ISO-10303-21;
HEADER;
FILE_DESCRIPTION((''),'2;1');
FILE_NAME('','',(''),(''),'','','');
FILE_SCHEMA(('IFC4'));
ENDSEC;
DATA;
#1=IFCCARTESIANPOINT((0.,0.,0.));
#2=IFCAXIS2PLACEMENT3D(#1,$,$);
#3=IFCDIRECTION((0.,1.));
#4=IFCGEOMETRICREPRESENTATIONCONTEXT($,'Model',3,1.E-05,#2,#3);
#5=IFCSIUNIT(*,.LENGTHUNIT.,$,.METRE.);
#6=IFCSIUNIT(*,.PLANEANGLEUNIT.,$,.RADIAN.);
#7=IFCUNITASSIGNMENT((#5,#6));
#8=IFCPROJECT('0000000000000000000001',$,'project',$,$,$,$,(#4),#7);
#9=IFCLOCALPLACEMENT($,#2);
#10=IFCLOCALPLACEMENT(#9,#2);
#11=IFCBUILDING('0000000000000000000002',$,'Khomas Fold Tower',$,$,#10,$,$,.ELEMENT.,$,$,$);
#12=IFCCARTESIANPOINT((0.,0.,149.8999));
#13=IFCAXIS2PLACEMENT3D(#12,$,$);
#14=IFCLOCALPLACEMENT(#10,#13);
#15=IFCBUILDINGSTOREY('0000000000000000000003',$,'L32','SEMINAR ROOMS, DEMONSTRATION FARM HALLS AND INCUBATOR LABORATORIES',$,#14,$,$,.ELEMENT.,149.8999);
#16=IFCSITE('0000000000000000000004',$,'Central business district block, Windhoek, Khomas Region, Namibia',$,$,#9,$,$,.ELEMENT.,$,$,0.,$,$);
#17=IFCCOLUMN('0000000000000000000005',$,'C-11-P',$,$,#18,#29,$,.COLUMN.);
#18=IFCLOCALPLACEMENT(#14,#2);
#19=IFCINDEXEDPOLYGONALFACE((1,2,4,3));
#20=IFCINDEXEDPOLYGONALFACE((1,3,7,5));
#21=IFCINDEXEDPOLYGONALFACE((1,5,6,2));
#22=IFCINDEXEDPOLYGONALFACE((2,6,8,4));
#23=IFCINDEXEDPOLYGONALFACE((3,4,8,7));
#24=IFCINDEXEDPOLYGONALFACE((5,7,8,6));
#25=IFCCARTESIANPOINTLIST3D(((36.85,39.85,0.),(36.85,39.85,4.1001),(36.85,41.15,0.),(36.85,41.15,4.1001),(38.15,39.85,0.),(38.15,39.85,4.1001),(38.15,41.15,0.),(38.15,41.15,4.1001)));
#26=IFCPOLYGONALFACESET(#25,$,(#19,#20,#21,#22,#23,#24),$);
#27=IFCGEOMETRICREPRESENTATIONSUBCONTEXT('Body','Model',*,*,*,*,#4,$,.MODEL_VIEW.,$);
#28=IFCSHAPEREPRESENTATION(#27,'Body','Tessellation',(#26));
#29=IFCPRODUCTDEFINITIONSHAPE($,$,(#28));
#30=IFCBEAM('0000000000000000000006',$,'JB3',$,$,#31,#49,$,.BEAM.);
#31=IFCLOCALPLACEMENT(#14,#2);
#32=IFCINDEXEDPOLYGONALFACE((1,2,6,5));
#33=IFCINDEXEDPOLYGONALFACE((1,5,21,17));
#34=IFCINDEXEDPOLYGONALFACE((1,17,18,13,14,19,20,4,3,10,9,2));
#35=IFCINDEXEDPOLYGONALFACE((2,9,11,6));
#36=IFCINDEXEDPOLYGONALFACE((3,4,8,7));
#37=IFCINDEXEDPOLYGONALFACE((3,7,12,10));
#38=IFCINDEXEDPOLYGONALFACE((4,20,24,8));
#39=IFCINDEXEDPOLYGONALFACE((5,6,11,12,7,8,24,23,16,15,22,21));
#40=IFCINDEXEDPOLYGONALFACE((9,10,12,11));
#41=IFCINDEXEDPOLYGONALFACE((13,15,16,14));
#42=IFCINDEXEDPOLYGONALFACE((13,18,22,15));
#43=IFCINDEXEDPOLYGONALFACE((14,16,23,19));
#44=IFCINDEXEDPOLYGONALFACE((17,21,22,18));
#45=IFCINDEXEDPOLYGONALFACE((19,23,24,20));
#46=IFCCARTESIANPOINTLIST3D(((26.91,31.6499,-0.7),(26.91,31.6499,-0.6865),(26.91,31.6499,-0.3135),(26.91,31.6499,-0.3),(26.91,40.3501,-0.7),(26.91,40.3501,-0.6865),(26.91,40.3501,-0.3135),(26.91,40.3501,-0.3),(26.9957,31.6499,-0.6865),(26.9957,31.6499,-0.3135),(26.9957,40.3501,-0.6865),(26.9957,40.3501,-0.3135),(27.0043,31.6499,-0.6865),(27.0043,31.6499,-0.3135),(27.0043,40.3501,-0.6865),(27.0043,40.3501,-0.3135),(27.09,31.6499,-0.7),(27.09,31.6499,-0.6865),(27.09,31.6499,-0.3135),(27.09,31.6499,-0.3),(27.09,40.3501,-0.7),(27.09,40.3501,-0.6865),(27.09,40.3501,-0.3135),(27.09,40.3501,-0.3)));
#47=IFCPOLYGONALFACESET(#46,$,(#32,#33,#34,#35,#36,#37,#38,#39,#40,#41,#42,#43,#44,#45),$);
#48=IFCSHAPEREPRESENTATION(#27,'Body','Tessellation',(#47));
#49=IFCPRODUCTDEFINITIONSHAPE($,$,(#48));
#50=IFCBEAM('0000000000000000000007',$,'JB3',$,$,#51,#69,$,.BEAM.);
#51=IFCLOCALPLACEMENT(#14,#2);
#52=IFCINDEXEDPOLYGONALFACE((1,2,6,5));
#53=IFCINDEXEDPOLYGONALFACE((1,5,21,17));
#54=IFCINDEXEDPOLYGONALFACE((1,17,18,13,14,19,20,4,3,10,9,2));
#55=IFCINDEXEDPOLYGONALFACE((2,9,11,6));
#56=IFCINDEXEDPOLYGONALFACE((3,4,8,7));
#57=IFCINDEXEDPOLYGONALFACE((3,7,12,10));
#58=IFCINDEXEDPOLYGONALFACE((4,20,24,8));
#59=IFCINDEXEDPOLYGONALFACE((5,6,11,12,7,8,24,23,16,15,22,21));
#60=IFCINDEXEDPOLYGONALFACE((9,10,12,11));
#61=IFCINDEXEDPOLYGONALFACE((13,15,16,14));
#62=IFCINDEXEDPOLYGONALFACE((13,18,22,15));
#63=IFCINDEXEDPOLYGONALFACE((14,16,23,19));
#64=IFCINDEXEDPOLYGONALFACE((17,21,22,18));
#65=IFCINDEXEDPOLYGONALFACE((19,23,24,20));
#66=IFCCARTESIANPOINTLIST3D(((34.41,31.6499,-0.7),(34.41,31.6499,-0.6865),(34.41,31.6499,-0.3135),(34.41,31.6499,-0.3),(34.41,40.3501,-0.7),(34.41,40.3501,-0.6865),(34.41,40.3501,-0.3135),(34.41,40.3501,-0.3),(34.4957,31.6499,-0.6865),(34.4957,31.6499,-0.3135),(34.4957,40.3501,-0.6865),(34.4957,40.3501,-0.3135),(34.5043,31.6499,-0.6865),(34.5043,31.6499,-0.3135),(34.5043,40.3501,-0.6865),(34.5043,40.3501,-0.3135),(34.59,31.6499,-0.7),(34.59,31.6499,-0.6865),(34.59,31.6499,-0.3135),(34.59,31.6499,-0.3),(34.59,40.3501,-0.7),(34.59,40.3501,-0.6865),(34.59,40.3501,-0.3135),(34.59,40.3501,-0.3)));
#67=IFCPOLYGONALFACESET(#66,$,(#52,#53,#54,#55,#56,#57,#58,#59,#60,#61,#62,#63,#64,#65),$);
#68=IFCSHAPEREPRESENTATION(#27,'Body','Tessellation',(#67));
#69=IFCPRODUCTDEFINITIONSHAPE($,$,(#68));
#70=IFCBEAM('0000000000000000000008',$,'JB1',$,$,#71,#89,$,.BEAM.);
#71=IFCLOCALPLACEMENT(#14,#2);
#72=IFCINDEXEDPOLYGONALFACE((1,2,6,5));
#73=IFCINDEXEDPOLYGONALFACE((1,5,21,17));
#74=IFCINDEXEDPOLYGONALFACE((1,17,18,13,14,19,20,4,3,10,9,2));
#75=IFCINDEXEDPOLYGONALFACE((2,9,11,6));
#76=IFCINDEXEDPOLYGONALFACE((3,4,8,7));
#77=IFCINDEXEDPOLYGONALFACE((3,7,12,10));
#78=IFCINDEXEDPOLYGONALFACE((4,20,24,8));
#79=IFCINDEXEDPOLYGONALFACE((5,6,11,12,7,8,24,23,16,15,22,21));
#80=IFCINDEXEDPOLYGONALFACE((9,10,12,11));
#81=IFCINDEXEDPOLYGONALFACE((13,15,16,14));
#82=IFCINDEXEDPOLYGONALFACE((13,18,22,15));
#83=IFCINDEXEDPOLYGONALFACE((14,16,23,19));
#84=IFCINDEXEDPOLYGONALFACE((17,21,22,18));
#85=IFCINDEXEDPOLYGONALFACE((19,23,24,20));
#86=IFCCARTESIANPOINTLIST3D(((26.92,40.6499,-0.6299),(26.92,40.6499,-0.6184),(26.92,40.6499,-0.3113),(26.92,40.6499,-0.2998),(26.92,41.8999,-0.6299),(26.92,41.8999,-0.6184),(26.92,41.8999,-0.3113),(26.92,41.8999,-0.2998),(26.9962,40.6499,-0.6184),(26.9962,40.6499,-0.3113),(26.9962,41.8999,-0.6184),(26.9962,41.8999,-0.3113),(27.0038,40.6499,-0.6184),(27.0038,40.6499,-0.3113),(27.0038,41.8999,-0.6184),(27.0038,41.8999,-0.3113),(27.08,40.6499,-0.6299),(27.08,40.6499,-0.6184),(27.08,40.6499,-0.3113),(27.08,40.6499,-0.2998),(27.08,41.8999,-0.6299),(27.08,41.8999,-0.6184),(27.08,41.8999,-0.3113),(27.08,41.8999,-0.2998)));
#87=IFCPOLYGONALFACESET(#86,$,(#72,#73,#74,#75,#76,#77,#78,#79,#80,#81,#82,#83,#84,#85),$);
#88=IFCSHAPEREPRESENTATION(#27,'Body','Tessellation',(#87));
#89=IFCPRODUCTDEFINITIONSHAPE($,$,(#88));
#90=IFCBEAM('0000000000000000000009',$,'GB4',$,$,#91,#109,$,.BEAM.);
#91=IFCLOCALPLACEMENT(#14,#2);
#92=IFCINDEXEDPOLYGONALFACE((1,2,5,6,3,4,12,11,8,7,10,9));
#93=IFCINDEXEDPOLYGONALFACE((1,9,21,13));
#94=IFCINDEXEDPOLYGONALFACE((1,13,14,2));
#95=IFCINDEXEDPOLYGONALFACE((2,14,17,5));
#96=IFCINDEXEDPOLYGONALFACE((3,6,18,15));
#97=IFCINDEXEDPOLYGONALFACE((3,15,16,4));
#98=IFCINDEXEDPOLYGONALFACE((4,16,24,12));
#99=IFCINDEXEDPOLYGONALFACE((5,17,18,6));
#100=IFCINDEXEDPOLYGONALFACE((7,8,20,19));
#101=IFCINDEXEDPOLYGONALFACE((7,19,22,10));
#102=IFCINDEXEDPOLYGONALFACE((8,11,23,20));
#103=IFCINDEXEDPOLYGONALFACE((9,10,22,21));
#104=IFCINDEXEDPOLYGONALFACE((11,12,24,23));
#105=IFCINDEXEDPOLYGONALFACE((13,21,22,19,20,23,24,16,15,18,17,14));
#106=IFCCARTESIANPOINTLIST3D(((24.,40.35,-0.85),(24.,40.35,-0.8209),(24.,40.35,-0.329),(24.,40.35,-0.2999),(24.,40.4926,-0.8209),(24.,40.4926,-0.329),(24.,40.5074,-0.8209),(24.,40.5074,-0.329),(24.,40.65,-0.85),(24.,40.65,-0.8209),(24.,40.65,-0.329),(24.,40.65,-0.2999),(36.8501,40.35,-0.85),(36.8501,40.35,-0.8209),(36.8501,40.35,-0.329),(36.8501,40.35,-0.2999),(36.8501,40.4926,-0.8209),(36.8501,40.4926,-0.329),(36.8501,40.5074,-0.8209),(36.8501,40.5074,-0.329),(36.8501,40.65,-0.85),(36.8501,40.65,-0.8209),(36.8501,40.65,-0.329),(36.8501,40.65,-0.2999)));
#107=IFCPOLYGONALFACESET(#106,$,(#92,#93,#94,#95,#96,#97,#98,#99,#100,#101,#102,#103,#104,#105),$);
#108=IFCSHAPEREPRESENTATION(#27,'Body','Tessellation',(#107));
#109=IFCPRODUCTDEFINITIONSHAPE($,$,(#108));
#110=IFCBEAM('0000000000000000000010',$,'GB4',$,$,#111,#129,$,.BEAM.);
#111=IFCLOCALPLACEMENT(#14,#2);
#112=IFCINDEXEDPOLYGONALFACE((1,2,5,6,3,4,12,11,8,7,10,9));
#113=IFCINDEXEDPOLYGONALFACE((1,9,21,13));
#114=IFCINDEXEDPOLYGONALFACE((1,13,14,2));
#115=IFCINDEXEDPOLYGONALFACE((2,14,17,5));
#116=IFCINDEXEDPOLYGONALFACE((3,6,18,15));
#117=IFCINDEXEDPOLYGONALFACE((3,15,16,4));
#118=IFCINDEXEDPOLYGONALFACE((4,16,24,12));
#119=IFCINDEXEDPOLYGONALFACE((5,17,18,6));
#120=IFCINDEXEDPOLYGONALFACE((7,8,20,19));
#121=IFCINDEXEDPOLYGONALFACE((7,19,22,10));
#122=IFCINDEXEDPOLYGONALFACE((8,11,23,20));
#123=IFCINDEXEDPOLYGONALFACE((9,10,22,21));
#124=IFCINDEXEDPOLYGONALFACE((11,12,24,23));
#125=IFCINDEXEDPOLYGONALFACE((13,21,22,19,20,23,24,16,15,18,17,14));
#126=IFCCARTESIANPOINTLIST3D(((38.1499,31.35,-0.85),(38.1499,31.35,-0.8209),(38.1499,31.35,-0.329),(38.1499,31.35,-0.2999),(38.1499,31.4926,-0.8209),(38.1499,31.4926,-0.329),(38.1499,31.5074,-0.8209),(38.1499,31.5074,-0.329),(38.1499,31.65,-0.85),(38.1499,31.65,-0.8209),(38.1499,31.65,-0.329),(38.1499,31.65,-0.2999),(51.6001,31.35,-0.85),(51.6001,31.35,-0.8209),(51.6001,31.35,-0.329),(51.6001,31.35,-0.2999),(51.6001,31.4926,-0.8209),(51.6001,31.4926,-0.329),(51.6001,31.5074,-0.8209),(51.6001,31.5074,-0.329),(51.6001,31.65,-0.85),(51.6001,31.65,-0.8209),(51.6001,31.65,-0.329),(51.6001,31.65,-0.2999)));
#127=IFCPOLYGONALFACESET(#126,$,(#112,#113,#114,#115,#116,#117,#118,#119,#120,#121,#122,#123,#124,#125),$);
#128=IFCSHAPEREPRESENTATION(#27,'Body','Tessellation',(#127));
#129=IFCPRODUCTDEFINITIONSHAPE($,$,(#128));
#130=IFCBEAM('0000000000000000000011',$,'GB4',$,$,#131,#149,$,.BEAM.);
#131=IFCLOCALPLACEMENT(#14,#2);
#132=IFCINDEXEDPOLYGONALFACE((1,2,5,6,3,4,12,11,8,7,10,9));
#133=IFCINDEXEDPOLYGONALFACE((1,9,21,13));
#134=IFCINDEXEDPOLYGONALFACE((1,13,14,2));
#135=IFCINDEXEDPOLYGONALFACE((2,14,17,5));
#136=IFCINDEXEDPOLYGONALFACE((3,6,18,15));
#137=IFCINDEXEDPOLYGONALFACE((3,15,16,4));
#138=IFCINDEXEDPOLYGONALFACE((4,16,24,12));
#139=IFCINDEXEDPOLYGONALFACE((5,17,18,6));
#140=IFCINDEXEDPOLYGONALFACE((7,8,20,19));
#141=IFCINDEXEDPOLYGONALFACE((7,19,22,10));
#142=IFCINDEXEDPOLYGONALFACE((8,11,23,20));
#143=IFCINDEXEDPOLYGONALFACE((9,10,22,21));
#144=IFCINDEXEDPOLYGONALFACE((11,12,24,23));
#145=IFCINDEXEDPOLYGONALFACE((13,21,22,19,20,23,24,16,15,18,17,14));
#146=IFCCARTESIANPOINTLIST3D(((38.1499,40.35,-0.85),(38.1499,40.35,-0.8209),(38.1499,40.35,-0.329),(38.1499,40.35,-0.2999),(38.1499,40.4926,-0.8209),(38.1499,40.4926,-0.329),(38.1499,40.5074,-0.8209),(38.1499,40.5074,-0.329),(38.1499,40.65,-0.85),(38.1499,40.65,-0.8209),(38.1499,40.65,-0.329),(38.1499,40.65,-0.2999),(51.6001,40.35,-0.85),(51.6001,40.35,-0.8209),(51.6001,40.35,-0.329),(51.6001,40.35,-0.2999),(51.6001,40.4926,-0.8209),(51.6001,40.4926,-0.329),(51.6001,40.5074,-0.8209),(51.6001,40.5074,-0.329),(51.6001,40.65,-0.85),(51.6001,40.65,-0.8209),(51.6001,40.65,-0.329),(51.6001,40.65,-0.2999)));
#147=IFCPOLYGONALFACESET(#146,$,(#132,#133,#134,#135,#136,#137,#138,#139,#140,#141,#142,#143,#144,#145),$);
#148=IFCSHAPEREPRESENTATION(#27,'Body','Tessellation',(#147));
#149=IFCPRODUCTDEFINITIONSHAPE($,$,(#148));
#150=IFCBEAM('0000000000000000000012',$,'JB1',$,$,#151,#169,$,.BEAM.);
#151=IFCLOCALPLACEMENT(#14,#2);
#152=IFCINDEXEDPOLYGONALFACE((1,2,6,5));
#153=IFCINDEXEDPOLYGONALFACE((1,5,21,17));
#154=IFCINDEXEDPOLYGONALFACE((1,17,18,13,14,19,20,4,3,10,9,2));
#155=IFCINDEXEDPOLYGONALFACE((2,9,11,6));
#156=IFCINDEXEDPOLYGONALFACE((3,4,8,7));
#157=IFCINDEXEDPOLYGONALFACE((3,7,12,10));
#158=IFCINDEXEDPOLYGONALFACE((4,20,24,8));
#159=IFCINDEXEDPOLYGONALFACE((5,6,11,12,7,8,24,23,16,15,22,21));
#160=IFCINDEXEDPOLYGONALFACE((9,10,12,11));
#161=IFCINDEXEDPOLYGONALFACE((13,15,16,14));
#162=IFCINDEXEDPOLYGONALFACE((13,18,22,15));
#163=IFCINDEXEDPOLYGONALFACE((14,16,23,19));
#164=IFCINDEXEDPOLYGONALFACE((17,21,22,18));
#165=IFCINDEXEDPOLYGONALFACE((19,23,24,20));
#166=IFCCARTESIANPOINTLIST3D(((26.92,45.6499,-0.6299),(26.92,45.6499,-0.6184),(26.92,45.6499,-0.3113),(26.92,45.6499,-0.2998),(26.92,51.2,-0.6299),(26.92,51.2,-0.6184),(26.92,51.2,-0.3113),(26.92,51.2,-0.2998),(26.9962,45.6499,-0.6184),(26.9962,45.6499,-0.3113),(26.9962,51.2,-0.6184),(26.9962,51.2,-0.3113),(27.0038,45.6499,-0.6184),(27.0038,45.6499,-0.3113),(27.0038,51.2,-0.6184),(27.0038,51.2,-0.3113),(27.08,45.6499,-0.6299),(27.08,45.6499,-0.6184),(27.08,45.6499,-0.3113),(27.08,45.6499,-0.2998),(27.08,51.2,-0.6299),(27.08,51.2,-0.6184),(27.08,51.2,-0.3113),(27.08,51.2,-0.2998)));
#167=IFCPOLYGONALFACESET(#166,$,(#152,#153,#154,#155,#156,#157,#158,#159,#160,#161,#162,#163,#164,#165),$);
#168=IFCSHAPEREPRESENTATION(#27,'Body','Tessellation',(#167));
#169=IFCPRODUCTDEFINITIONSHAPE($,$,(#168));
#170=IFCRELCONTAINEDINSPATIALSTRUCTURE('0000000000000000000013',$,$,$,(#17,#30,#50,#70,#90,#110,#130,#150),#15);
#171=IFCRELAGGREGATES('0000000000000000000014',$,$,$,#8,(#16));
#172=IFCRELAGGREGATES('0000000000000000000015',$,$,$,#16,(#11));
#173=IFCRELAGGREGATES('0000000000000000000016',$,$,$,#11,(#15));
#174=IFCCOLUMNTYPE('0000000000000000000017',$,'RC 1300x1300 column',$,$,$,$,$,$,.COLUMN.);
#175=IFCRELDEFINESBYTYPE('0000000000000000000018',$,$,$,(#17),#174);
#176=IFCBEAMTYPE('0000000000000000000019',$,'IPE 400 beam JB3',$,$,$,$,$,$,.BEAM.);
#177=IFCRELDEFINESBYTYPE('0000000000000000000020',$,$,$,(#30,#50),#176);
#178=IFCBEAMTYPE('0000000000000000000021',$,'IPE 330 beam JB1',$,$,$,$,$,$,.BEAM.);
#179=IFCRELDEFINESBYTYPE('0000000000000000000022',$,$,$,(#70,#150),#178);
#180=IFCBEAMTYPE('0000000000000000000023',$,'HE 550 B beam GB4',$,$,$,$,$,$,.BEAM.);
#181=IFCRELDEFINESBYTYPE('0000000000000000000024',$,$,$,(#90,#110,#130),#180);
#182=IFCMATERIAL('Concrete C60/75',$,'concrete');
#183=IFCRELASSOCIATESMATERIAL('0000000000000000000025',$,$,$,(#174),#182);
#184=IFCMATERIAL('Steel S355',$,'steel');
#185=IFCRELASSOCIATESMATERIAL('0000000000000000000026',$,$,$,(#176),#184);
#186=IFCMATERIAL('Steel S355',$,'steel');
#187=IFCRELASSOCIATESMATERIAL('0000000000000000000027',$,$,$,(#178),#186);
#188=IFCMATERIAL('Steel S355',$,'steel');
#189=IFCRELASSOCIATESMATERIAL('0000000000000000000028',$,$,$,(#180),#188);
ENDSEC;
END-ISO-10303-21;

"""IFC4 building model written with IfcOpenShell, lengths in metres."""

from ifc_helpers import new_model, si_unit, direction, frame, origin, origin_2d, place, context, subcontext, project, spatial, rectangle, i_section, extrude, source, transform, mapped, material, material_profile, profile_set, type_object, element, save


model = new_model("IFC4")

# Units and contexts
model_context = context("Model", 3, precision=1e-05, world=origin(), true_north=direction((0.0, 1.0)))
body_context = subcontext(model_context, "Body", "Model", "MODEL_VIEW")
ifc_project = project(units=[si_unit("LENGTHUNIT", "METRE"), si_unit("PLANEANGLEUNIT", "RADIAN")], contexts=[model_context])

# Site, building, storey
site_placement = place(None, origin())
site = spatial("IfcSite", under=ifc_project, at=site_placement, Name="Central business district block, Windhoek, Khomas Region, Namibia", CompositionType="ELEMENT", RefElevation=0.0)
building_placement = place(site_placement, origin())
building = spatial("IfcBuilding", under=site, at=building_placement, Name="Khomas Fold Tower", CompositionType="ELEMENT")
storey_placement = place(building_placement, frame((0.0, 0.0, 149.8999)))
storey = spatial("IfcBuildingStorey", under=building, at=storey_placement, Name="L32", Description="SEMINAR ROOMS, DEMONSTRATION FARM HALLS AND INCUBATOR LABORATORIES", CompositionType="ELEMENT", Elevation=149.8999)

# Column
ifc_material_1 = material(Name="Concrete C60/75", Category="concrete")
ifc_material_profile_1 = material_profile(ifc_material_1, rectangle(XDim=1.3, YDim=1.3, at=origin_2d()), Name="RC 1300x1300")
ifc_profile_set_1 = profile_set([ifc_material_profile_1], Name="Concrete C60/75")
column_type = type_object("IfcColumnType", Name="RC 1300x1300 column", PredefinedType="COLUMN", material=ifc_profile_set_1)
shared_shape_1 = source(origin(), body_context, "Body", "SweptSolid", [
    extrude(rectangle(XDim=1.3, YDim=1.3, at=origin_2d()), origin(), (0.0, 0.0, 1.0), 4.1001),
])
column_placement = place(storey_placement, frame((37.5, 40.5, 0.0), z_axis=(0.0, 0.0, 1.0), x_axis=(1.0, 0.0, 0.0)))
element("IfcColumn", 1, at=column_placement, inside=storey, type_object=column_type, Name="C-11-P", PredefinedType="COLUMN", context=body_context, shape_type="MappedRepresentation", body=[
    mapped(shared_shape_1, transform((0.0, 0.0, 0.0))),
])

# Beams
ifc_material_2 = material(Name="Steel S355", Category="steel")
ifc_material_profile_2 = material_profile(ifc_material_2, i_section(OverallWidth=0.1799, OverallDepth=0.3999, WebThickness=0.0085, FlangeThickness=0.0134, at=origin_2d()), Name="IPE 400")
ifc_profile_set_2 = profile_set([ifc_material_profile_2], Name="Steel S355")
beam_type_1 = type_object("IfcBeamType", Name="IPE 400 beam JB3", PredefinedType="BEAM", material=ifc_profile_set_2)
shared_shape_2 = source(origin(), body_context, "Body", "SweptSolid", [
    extrude(i_section(OverallWidth=0.1799, OverallDepth=0.3999, WebThickness=0.0085, FlangeThickness=0.0134, at=origin_2d()), origin(), (0.0, 0.0, 1.0), 8.7002),
])
for number, where, z_axis, x_axis, name in (
    (2, (27.0, 31.6499, -0.5), (0.0, 1.0, 0.0), (-1.0, 0.0, 0.0), "JB3"),
    (3, (34.5, 31.6499, -0.5), (0.0, 1.0, 0.0), (-1.0, 0.0, 0.0), "JB3"),
):
    element("IfcBeam", number, at=place(storey_placement, frame(where, z_axis=z_axis, x_axis=x_axis)), inside=storey, type_object=beam_type_1, Name=name, PredefinedType="BEAM", context=body_context, shape_type="MappedRepresentation", body=[
        mapped(shared_shape_2, transform((0.0, 0.0, 0.0))),
    ])
ifc_material_3 = material(Name="Steel S355", Category="steel")
ifc_material_profile_3 = material_profile(ifc_material_3, i_section(OverallWidth=0.1599, OverallDepth=0.3301, WebThickness=0.0076, FlangeThickness=0.0115, at=origin_2d()), Name="IPE 330")
ifc_profile_set_3 = profile_set([ifc_material_profile_3], Name="Steel S355")
beam_type_2 = type_object("IfcBeamType", Name="IPE 330 beam JB1", PredefinedType="BEAM", material=ifc_profile_set_3)
shared_shape_3 = source(origin(), body_context, "Body", "SweptSolid", [
    extrude(i_section(OverallWidth=0.1599, OverallDepth=0.3301, WebThickness=0.0076, FlangeThickness=0.0115, at=origin_2d()), origin(), (0.0, 0.0, 1.0), 1.25),
])
beam_1_placement = place(storey_placement, frame((27.0, 40.6499, -0.4648), z_axis=(0.0, 1.0, 0.0), x_axis=(-1.0, 0.0, 0.0)))
element("IfcBeam", 4, at=beam_1_placement, inside=storey, type_object=beam_type_2, Name="JB1", PredefinedType="BEAM", context=body_context, shape_type="MappedRepresentation", body=[
    mapped(shared_shape_3, transform((0.0, 0.0, 0.0))),
])
ifc_material_4 = material(Name="Steel S355", Category="steel")
ifc_material_profile_4 = material_profile(ifc_material_4, i_section(OverallWidth=0.3, OverallDepth=0.55, WebThickness=0.0149, FlangeThickness=0.0291, at=origin_2d()), Name="HE 550 B")
ifc_profile_set_4 = profile_set([ifc_material_profile_4], Name="Steel S355")
beam_type_3 = type_object("IfcBeamType", Name="HE 550 B beam GB4", PredefinedType="BEAM", material=ifc_profile_set_4)
shared_shape_4 = source(origin(), body_context, "Body", "SweptSolid", [
    extrude(i_section(OverallWidth=0.3, OverallDepth=0.55, WebThickness=0.0149, FlangeThickness=0.0291, at=origin_2d()), origin(), (0.0, 0.0, 1.0), 12.8501),
])
beam_2_placement = place(storey_placement, frame((24.0, 40.5, -0.575), z_axis=(1.0, 0.0, 0.0), x_axis=(0.0, 1.0, 0.0)))
element("IfcBeam", 5, at=beam_2_placement, inside=storey, type_object=beam_type_3, Name="GB4", PredefinedType="BEAM", context=body_context, shape_type="MappedRepresentation", body=[
    mapped(shared_shape_4, transform((0.0, 0.0, 0.0))),
])
shared_shape_5 = source(origin(), body_context, "Body", "SweptSolid", [
    extrude(i_section(OverallWidth=0.3, OverallDepth=0.55, WebThickness=0.0149, FlangeThickness=0.0291, at=origin_2d()), origin(), (0.0, 0.0, 1.0), 13.4502),
])
for number, where, z_axis, x_axis, name in (
    (6, (38.1499, 31.5, -0.575), (1.0, 0.0, 0.0), (0.0, 1.0, 0.0), "GB4"),
    (7, (38.1499, 40.5, -0.575), (1.0, 0.0, 0.0), (0.0, 1.0, 0.0), "GB4"),
):
    element("IfcBeam", number, at=place(storey_placement, frame(where, z_axis=z_axis, x_axis=x_axis)), inside=storey, type_object=beam_type_3, Name=name, PredefinedType="BEAM", context=body_context, shape_type="MappedRepresentation", body=[
        mapped(shared_shape_5, transform((0.0, 0.0, 0.0))),
    ])
shared_shape_6 = source(origin(), body_context, "Body", "SweptSolid", [
    extrude(i_section(OverallWidth=0.1599, OverallDepth=0.3301, WebThickness=0.0076, FlangeThickness=0.0115, at=origin_2d()), origin(), (0.0, 0.0, 1.0), 5.55),
])
beam_3_placement = place(storey_placement, frame((27.0, 45.6499, -0.4648), z_axis=(0.0, 1.0, 0.0), x_axis=(-1.0, 0.0, 0.0)))
element("IfcBeam", 8, at=beam_3_placement, inside=storey, type_object=beam_type_2, Name="JB1", PredefinedType="BEAM", context=body_context, shape_type="MappedRepresentation", body=[
    mapped(shared_shape_6, transform((0.0, 0.0, 0.0))),
])

save(model, "model.ifc")
